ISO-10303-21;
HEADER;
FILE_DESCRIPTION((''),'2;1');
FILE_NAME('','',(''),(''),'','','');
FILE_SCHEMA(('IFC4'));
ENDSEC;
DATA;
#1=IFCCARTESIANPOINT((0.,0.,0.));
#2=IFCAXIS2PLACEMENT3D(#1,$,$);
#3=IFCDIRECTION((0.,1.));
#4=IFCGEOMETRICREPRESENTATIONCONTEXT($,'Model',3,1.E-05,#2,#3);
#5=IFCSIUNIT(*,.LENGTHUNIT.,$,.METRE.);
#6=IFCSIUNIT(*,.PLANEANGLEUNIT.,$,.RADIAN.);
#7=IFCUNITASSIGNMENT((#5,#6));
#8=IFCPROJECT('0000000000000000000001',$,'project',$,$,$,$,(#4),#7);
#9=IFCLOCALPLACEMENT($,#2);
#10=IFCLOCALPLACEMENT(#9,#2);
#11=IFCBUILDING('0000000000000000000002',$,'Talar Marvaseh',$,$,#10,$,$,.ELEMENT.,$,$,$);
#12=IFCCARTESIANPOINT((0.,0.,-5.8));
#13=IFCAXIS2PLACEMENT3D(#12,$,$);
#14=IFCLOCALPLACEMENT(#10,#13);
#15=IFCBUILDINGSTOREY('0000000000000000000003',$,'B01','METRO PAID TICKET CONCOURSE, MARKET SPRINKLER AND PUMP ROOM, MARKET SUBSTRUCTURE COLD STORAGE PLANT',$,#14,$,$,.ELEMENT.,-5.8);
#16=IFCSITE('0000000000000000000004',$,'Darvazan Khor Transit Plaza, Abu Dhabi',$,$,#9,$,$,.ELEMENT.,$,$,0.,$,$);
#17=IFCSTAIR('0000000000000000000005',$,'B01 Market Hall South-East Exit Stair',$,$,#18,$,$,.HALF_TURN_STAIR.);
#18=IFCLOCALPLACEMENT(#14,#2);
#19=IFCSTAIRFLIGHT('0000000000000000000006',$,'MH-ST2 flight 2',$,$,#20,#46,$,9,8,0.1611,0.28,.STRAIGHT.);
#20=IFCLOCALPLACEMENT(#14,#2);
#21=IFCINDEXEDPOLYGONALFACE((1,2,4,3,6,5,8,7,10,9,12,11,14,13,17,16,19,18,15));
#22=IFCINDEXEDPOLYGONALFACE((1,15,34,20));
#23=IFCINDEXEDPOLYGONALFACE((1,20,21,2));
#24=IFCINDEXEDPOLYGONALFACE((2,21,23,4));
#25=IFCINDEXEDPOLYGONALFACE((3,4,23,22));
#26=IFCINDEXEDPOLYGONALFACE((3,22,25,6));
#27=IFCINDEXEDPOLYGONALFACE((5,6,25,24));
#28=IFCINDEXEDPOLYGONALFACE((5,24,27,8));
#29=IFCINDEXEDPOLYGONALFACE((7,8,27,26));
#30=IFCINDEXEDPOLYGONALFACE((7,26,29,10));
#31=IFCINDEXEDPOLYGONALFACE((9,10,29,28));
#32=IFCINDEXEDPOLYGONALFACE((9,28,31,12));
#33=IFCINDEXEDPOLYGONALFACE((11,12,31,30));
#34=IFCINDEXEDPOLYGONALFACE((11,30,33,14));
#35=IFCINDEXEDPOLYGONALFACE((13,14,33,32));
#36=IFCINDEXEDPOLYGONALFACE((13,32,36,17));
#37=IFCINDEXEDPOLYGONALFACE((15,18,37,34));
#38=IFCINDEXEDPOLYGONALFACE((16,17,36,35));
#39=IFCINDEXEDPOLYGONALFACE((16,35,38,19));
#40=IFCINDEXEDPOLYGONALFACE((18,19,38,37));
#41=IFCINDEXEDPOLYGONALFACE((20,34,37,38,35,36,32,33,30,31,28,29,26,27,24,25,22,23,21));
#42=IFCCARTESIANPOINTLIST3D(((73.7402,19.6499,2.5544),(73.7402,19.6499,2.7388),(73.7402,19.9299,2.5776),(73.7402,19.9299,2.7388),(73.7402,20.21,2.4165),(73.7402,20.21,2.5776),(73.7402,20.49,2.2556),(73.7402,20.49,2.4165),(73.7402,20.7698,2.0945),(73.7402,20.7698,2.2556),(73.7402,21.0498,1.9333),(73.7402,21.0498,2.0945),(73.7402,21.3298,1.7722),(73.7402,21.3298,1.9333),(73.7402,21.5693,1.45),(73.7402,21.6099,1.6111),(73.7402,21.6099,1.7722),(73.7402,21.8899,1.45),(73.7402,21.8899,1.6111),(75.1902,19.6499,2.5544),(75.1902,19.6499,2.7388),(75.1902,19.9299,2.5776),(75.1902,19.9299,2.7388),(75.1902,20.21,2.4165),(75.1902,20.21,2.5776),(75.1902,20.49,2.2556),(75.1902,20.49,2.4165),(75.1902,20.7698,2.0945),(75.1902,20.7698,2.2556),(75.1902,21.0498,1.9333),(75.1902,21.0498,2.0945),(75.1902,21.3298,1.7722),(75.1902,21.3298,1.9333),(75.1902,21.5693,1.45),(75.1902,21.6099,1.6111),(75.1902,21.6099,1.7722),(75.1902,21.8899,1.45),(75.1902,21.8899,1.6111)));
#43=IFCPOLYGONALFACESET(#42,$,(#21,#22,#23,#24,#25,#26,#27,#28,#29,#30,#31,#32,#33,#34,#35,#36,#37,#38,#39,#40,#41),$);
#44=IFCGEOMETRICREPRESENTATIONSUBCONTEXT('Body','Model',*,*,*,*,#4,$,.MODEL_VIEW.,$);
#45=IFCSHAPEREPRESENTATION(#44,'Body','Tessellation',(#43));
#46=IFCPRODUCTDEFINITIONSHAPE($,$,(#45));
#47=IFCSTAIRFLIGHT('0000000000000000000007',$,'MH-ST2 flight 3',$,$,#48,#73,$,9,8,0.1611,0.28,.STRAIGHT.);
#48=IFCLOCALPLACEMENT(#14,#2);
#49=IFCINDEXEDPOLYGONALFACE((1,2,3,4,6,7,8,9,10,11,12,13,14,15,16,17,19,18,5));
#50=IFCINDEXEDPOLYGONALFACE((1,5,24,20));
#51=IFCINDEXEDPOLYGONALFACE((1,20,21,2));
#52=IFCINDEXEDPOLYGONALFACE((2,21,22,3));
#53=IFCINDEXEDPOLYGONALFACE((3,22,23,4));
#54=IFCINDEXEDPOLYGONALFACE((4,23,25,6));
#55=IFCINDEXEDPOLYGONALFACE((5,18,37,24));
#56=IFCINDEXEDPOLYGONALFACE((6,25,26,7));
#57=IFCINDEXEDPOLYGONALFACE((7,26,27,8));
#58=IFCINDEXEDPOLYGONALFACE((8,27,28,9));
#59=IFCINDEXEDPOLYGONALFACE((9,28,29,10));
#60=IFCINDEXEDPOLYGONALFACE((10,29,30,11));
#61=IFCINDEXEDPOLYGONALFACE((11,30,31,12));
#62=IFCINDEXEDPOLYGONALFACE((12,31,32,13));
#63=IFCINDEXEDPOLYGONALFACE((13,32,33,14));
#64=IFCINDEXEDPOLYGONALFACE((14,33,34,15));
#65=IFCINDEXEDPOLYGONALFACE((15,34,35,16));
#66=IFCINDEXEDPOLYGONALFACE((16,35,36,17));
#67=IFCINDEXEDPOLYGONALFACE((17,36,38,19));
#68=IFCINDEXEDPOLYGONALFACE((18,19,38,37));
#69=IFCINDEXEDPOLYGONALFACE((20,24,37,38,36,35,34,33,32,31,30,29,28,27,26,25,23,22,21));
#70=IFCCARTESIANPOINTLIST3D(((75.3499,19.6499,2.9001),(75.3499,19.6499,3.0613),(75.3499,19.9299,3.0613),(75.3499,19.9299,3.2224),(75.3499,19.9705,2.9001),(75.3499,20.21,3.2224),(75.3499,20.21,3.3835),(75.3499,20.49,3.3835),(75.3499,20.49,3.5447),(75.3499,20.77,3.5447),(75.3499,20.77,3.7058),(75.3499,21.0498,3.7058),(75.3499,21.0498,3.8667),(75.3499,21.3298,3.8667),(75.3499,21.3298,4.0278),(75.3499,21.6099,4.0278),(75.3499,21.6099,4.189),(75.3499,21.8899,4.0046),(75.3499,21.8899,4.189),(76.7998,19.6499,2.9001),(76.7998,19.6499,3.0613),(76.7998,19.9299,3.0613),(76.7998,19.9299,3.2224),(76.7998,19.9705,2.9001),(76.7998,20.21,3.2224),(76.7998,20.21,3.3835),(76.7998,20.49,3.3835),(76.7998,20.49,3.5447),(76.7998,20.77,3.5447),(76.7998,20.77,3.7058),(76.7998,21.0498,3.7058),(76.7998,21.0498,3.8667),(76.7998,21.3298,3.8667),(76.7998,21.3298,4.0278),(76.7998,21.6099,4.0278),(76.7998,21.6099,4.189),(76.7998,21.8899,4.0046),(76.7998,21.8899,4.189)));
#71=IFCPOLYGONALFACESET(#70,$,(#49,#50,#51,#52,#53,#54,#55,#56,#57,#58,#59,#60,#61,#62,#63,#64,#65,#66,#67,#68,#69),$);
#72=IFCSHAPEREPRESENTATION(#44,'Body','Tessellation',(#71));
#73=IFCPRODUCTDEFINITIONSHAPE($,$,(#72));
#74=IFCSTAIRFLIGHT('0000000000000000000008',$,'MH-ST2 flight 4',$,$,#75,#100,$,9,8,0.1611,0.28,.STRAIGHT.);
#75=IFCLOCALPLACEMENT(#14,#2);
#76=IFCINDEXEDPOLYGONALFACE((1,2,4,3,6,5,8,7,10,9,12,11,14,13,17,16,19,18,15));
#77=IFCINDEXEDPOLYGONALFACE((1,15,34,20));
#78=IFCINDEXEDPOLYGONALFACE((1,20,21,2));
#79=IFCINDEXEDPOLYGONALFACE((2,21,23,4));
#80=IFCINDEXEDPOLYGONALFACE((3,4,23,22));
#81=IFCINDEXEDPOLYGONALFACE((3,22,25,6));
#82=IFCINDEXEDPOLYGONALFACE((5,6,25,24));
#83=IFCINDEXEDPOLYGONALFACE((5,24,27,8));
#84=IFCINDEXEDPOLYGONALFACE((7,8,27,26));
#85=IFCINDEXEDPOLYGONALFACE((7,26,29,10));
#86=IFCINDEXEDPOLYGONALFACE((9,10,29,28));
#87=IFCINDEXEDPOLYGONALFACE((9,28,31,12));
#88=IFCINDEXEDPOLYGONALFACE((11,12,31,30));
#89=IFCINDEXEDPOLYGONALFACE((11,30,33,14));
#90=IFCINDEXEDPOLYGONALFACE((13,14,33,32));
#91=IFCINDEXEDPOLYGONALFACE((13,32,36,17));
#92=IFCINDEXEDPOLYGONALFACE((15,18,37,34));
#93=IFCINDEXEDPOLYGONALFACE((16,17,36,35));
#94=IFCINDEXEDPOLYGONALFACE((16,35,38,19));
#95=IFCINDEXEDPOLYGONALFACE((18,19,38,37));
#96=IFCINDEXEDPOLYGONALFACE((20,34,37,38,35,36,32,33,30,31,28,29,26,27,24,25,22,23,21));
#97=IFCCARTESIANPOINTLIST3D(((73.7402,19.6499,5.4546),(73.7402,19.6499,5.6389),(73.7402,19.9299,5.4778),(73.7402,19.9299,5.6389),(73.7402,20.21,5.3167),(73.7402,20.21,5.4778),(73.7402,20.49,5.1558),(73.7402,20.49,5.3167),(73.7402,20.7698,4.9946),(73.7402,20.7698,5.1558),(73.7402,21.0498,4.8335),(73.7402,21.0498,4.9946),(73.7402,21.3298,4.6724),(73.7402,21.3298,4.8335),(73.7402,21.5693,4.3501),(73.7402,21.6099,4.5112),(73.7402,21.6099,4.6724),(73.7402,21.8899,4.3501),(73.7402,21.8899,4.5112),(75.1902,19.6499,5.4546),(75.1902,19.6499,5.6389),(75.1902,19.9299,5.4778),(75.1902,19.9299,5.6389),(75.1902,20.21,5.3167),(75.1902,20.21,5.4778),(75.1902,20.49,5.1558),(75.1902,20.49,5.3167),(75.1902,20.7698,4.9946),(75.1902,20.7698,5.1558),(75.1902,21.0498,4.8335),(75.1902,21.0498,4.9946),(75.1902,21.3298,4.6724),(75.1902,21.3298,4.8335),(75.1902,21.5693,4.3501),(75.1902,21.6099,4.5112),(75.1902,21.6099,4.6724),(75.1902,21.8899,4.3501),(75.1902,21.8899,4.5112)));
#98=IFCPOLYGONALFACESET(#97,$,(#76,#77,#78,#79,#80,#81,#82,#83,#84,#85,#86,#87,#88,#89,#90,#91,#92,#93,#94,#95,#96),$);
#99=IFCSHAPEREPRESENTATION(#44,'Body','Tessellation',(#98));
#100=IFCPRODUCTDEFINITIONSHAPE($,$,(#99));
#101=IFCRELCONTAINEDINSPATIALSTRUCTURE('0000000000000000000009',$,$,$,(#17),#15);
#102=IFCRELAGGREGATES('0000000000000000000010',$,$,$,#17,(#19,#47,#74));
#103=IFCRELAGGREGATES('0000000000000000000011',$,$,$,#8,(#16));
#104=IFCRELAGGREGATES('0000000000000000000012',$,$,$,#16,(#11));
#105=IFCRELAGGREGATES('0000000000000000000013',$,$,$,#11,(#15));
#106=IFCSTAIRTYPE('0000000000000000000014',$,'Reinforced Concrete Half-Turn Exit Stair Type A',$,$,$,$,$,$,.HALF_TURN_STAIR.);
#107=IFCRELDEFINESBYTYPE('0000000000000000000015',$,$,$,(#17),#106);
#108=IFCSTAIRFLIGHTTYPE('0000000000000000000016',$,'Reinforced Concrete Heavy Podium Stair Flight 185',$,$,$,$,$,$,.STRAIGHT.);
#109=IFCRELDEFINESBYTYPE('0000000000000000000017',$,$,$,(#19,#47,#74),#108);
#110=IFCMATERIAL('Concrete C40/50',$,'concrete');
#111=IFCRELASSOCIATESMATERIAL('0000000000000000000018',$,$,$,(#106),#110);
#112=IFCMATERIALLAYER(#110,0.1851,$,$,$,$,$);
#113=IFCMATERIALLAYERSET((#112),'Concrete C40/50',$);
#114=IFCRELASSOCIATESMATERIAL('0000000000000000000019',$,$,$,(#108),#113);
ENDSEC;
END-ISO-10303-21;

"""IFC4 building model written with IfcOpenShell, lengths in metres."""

from ifc_helpers import new_model, si_unit, direction, frame, origin, place, context, subcontext, project, spatial, polyline, outline, extrude, material, layer, layer_set, type_object, element, aggregate, save


model = new_model("IFC4")

# Units and contexts
model_context = context("Model", 3, precision=1e-05, world=origin(), true_north=direction((0.0, 1.0)))
body_context = subcontext(model_context, "Body", "Model", "MODEL_VIEW")
ifc_project = project(units=[si_unit("LENGTHUNIT", "METRE"), si_unit("PLANEANGLEUNIT", "RADIAN")], contexts=[model_context])

# Site, building, storey
site_placement = place(None, origin())
site = spatial("IfcSite", under=ifc_project, at=site_placement, Name="Darvazan Khor Transit Plaza, Abu Dhabi", CompositionType="ELEMENT", RefElevation=0.0)
building_placement = place(site_placement, origin())
building = spatial("IfcBuilding", under=site, at=building_placement, Name="Talar Marvaseh", CompositionType="ELEMENT")
storey_placement = place(building_placement, frame((0.0, 0.0, -5.8)))
storey = spatial("IfcBuildingStorey", under=building, at=storey_placement, Name="B01", Description="METRO PAID TICKET CONCOURSE, MARKET SPRINKLER AND PUMP ROOM, MARKET SUBSTRUCTURE COLD STORAGE PLANT", CompositionType="ELEMENT", Elevation=-5.8)

# Shared definitions
ifc_material_1 = material(Name="Concrete C40/50", Category="concrete")

# Stair, stair flights
stair_type = type_object("IfcStairType", Name="Reinforced Concrete Half-Turn Exit Stair Type A", PredefinedType="HALF_TURN_STAIR", material=ifc_material_1)
stair_placement = place(storey_placement, origin())
stair = element("IfcStair", 1, at=stair_placement, inside=storey, type_object=stair_type, Name="B01 Market Hall South-East Exit Stair", PredefinedType="HALF_TURN_STAIR")
ifc_layer_1 = layer(ifc_material_1, 0.1851)
ifc_layer_set_1 = layer_set([ifc_layer_1], Name="Concrete C40/50")
stair_flight_type = type_object("IfcStairFlightType", Name="Reinforced Concrete Heavy Podium Stair Flight 185", PredefinedType="STRAIGHT", material=ifc_layer_set_1)
stair_flight_1_placement = place(storey_placement, frame((74.4651, 21.8899, 1.45), z_axis=(0.0, 0.0, 1.0), x_axis=(0.0, -1.0, 0.0)))
stair_flight_1 = element("IfcStairFlight", 2, at=stair_flight_1_placement, type_object=stair_flight_type, Name="MH-ST2 flight 2", NumberOfRisers=9, NumberOfTreads=8, PredefinedType="STRAIGHT", RiserHeight=0.1611, TreadLength=0.28, context=body_context, shape_type="SweptSolid", body=[
    extrude(outline(polyline([(0.0, 0.0), (0.0, 0.1611), (0.28, 0.1611), (0.28, 0.3223), (0.5601, 0.3223), (0.5601, 0.4834), (0.8401, 0.4834), (0.8401, 0.6445), (1.1201, 0.6445), (1.1201, 0.8057), (1.3999, 0.8057), (1.3999, 0.9666), (1.6799, 0.9666), (1.6799, 1.1277), (1.96, 1.1277), (1.96, 1.2888), (2.24, 1.2888), (2.24, 1.45), (2.24, 1.1045), (0.3206, 0.0), (0.0, 0.0)])), frame((0.0, 0.7251, 0.0), z_axis=(0.0, -1.0, 0.0), x_axis=(1.0, 0.0, 0.0)), (0.0, 0.0, 1.0), 1.45),
])
stair_flight_2_placement = place(storey_placement, frame((76.075, 19.6499, 2.9001), z_axis=(0.0, 0.0, 1.0), x_axis=(0.0, 1.0, 0.0)))
stair_flight_2 = element("IfcStairFlight", 3, at=stair_flight_2_placement, type_object=stair_flight_type, Name="MH-ST2 flight 3", NumberOfRisers=9, NumberOfTreads=8, PredefinedType="STRAIGHT", RiserHeight=0.1611, TreadLength=0.28, context=body_context, shape_type="SweptSolid", body=[
    extrude(outline(polyline([(0.0, 0.0), (0.0, 0.1611), (0.28, 0.1611), (0.28, 0.3223), (0.5601, 0.3223), (0.5601, 0.4834), (0.8401, 0.4834), (0.8401, 0.6445), (1.1201, 0.6445), (1.1201, 0.8057), (1.3999, 0.8057), (1.3999, 0.9666), (1.6799, 0.9666), (1.6799, 1.1277), (1.96, 1.1277), (1.96, 1.2888), (2.24, 1.2888), (2.24, 1.45), (2.24, 1.1045), (0.3206, 0.0), (0.0, 0.0)])), frame((0.0, 0.7251, 0.0), z_axis=(0.0, -1.0, 0.0), x_axis=(1.0, 0.0, 0.0)), (0.0, 0.0, 1.0), 1.45),
])
stair_flight_3_placement = place(storey_placement, frame((74.4651, 21.8899, 4.3501), z_axis=(0.0, 0.0, 1.0), x_axis=(0.0, -1.0, 0.0)))
stair_flight_3 = element("IfcStairFlight", 4, at=stair_flight_3_placement, type_object=stair_flight_type, Name="MH-ST2 flight 4", NumberOfRisers=9, NumberOfTreads=8, PredefinedType="STRAIGHT", RiserHeight=0.1611, TreadLength=0.28, context=body_context, shape_type="SweptSolid", body=[
    extrude(outline(polyline([(0.0, 0.0), (0.0, 0.1611), (0.28, 0.1611), (0.28, 0.3223), (0.5601, 0.3223), (0.5601, 0.4834), (0.8401, 0.4834), (0.8401, 0.6445), (1.1201, 0.6445), (1.1201, 0.8057), (1.3999, 0.8057), (1.3999, 0.9666), (1.6799, 0.9666), (1.6799, 1.1277), (1.96, 1.1277), (1.96, 1.2888), (2.24, 1.2888), (2.24, 1.45), (2.24, 1.1045), (0.3206, 0.0), (0.0, 0.0)])), frame((0.0, 0.7251, 0.0), z_axis=(0.0, -1.0, 0.0), x_axis=(1.0, 0.0, 0.0)), (0.0, 0.0, 1.0), 1.45),
])
aggregate(stair, [stair_flight_1, stair_flight_2, stair_flight_3])

save(model, "model.ifc")
